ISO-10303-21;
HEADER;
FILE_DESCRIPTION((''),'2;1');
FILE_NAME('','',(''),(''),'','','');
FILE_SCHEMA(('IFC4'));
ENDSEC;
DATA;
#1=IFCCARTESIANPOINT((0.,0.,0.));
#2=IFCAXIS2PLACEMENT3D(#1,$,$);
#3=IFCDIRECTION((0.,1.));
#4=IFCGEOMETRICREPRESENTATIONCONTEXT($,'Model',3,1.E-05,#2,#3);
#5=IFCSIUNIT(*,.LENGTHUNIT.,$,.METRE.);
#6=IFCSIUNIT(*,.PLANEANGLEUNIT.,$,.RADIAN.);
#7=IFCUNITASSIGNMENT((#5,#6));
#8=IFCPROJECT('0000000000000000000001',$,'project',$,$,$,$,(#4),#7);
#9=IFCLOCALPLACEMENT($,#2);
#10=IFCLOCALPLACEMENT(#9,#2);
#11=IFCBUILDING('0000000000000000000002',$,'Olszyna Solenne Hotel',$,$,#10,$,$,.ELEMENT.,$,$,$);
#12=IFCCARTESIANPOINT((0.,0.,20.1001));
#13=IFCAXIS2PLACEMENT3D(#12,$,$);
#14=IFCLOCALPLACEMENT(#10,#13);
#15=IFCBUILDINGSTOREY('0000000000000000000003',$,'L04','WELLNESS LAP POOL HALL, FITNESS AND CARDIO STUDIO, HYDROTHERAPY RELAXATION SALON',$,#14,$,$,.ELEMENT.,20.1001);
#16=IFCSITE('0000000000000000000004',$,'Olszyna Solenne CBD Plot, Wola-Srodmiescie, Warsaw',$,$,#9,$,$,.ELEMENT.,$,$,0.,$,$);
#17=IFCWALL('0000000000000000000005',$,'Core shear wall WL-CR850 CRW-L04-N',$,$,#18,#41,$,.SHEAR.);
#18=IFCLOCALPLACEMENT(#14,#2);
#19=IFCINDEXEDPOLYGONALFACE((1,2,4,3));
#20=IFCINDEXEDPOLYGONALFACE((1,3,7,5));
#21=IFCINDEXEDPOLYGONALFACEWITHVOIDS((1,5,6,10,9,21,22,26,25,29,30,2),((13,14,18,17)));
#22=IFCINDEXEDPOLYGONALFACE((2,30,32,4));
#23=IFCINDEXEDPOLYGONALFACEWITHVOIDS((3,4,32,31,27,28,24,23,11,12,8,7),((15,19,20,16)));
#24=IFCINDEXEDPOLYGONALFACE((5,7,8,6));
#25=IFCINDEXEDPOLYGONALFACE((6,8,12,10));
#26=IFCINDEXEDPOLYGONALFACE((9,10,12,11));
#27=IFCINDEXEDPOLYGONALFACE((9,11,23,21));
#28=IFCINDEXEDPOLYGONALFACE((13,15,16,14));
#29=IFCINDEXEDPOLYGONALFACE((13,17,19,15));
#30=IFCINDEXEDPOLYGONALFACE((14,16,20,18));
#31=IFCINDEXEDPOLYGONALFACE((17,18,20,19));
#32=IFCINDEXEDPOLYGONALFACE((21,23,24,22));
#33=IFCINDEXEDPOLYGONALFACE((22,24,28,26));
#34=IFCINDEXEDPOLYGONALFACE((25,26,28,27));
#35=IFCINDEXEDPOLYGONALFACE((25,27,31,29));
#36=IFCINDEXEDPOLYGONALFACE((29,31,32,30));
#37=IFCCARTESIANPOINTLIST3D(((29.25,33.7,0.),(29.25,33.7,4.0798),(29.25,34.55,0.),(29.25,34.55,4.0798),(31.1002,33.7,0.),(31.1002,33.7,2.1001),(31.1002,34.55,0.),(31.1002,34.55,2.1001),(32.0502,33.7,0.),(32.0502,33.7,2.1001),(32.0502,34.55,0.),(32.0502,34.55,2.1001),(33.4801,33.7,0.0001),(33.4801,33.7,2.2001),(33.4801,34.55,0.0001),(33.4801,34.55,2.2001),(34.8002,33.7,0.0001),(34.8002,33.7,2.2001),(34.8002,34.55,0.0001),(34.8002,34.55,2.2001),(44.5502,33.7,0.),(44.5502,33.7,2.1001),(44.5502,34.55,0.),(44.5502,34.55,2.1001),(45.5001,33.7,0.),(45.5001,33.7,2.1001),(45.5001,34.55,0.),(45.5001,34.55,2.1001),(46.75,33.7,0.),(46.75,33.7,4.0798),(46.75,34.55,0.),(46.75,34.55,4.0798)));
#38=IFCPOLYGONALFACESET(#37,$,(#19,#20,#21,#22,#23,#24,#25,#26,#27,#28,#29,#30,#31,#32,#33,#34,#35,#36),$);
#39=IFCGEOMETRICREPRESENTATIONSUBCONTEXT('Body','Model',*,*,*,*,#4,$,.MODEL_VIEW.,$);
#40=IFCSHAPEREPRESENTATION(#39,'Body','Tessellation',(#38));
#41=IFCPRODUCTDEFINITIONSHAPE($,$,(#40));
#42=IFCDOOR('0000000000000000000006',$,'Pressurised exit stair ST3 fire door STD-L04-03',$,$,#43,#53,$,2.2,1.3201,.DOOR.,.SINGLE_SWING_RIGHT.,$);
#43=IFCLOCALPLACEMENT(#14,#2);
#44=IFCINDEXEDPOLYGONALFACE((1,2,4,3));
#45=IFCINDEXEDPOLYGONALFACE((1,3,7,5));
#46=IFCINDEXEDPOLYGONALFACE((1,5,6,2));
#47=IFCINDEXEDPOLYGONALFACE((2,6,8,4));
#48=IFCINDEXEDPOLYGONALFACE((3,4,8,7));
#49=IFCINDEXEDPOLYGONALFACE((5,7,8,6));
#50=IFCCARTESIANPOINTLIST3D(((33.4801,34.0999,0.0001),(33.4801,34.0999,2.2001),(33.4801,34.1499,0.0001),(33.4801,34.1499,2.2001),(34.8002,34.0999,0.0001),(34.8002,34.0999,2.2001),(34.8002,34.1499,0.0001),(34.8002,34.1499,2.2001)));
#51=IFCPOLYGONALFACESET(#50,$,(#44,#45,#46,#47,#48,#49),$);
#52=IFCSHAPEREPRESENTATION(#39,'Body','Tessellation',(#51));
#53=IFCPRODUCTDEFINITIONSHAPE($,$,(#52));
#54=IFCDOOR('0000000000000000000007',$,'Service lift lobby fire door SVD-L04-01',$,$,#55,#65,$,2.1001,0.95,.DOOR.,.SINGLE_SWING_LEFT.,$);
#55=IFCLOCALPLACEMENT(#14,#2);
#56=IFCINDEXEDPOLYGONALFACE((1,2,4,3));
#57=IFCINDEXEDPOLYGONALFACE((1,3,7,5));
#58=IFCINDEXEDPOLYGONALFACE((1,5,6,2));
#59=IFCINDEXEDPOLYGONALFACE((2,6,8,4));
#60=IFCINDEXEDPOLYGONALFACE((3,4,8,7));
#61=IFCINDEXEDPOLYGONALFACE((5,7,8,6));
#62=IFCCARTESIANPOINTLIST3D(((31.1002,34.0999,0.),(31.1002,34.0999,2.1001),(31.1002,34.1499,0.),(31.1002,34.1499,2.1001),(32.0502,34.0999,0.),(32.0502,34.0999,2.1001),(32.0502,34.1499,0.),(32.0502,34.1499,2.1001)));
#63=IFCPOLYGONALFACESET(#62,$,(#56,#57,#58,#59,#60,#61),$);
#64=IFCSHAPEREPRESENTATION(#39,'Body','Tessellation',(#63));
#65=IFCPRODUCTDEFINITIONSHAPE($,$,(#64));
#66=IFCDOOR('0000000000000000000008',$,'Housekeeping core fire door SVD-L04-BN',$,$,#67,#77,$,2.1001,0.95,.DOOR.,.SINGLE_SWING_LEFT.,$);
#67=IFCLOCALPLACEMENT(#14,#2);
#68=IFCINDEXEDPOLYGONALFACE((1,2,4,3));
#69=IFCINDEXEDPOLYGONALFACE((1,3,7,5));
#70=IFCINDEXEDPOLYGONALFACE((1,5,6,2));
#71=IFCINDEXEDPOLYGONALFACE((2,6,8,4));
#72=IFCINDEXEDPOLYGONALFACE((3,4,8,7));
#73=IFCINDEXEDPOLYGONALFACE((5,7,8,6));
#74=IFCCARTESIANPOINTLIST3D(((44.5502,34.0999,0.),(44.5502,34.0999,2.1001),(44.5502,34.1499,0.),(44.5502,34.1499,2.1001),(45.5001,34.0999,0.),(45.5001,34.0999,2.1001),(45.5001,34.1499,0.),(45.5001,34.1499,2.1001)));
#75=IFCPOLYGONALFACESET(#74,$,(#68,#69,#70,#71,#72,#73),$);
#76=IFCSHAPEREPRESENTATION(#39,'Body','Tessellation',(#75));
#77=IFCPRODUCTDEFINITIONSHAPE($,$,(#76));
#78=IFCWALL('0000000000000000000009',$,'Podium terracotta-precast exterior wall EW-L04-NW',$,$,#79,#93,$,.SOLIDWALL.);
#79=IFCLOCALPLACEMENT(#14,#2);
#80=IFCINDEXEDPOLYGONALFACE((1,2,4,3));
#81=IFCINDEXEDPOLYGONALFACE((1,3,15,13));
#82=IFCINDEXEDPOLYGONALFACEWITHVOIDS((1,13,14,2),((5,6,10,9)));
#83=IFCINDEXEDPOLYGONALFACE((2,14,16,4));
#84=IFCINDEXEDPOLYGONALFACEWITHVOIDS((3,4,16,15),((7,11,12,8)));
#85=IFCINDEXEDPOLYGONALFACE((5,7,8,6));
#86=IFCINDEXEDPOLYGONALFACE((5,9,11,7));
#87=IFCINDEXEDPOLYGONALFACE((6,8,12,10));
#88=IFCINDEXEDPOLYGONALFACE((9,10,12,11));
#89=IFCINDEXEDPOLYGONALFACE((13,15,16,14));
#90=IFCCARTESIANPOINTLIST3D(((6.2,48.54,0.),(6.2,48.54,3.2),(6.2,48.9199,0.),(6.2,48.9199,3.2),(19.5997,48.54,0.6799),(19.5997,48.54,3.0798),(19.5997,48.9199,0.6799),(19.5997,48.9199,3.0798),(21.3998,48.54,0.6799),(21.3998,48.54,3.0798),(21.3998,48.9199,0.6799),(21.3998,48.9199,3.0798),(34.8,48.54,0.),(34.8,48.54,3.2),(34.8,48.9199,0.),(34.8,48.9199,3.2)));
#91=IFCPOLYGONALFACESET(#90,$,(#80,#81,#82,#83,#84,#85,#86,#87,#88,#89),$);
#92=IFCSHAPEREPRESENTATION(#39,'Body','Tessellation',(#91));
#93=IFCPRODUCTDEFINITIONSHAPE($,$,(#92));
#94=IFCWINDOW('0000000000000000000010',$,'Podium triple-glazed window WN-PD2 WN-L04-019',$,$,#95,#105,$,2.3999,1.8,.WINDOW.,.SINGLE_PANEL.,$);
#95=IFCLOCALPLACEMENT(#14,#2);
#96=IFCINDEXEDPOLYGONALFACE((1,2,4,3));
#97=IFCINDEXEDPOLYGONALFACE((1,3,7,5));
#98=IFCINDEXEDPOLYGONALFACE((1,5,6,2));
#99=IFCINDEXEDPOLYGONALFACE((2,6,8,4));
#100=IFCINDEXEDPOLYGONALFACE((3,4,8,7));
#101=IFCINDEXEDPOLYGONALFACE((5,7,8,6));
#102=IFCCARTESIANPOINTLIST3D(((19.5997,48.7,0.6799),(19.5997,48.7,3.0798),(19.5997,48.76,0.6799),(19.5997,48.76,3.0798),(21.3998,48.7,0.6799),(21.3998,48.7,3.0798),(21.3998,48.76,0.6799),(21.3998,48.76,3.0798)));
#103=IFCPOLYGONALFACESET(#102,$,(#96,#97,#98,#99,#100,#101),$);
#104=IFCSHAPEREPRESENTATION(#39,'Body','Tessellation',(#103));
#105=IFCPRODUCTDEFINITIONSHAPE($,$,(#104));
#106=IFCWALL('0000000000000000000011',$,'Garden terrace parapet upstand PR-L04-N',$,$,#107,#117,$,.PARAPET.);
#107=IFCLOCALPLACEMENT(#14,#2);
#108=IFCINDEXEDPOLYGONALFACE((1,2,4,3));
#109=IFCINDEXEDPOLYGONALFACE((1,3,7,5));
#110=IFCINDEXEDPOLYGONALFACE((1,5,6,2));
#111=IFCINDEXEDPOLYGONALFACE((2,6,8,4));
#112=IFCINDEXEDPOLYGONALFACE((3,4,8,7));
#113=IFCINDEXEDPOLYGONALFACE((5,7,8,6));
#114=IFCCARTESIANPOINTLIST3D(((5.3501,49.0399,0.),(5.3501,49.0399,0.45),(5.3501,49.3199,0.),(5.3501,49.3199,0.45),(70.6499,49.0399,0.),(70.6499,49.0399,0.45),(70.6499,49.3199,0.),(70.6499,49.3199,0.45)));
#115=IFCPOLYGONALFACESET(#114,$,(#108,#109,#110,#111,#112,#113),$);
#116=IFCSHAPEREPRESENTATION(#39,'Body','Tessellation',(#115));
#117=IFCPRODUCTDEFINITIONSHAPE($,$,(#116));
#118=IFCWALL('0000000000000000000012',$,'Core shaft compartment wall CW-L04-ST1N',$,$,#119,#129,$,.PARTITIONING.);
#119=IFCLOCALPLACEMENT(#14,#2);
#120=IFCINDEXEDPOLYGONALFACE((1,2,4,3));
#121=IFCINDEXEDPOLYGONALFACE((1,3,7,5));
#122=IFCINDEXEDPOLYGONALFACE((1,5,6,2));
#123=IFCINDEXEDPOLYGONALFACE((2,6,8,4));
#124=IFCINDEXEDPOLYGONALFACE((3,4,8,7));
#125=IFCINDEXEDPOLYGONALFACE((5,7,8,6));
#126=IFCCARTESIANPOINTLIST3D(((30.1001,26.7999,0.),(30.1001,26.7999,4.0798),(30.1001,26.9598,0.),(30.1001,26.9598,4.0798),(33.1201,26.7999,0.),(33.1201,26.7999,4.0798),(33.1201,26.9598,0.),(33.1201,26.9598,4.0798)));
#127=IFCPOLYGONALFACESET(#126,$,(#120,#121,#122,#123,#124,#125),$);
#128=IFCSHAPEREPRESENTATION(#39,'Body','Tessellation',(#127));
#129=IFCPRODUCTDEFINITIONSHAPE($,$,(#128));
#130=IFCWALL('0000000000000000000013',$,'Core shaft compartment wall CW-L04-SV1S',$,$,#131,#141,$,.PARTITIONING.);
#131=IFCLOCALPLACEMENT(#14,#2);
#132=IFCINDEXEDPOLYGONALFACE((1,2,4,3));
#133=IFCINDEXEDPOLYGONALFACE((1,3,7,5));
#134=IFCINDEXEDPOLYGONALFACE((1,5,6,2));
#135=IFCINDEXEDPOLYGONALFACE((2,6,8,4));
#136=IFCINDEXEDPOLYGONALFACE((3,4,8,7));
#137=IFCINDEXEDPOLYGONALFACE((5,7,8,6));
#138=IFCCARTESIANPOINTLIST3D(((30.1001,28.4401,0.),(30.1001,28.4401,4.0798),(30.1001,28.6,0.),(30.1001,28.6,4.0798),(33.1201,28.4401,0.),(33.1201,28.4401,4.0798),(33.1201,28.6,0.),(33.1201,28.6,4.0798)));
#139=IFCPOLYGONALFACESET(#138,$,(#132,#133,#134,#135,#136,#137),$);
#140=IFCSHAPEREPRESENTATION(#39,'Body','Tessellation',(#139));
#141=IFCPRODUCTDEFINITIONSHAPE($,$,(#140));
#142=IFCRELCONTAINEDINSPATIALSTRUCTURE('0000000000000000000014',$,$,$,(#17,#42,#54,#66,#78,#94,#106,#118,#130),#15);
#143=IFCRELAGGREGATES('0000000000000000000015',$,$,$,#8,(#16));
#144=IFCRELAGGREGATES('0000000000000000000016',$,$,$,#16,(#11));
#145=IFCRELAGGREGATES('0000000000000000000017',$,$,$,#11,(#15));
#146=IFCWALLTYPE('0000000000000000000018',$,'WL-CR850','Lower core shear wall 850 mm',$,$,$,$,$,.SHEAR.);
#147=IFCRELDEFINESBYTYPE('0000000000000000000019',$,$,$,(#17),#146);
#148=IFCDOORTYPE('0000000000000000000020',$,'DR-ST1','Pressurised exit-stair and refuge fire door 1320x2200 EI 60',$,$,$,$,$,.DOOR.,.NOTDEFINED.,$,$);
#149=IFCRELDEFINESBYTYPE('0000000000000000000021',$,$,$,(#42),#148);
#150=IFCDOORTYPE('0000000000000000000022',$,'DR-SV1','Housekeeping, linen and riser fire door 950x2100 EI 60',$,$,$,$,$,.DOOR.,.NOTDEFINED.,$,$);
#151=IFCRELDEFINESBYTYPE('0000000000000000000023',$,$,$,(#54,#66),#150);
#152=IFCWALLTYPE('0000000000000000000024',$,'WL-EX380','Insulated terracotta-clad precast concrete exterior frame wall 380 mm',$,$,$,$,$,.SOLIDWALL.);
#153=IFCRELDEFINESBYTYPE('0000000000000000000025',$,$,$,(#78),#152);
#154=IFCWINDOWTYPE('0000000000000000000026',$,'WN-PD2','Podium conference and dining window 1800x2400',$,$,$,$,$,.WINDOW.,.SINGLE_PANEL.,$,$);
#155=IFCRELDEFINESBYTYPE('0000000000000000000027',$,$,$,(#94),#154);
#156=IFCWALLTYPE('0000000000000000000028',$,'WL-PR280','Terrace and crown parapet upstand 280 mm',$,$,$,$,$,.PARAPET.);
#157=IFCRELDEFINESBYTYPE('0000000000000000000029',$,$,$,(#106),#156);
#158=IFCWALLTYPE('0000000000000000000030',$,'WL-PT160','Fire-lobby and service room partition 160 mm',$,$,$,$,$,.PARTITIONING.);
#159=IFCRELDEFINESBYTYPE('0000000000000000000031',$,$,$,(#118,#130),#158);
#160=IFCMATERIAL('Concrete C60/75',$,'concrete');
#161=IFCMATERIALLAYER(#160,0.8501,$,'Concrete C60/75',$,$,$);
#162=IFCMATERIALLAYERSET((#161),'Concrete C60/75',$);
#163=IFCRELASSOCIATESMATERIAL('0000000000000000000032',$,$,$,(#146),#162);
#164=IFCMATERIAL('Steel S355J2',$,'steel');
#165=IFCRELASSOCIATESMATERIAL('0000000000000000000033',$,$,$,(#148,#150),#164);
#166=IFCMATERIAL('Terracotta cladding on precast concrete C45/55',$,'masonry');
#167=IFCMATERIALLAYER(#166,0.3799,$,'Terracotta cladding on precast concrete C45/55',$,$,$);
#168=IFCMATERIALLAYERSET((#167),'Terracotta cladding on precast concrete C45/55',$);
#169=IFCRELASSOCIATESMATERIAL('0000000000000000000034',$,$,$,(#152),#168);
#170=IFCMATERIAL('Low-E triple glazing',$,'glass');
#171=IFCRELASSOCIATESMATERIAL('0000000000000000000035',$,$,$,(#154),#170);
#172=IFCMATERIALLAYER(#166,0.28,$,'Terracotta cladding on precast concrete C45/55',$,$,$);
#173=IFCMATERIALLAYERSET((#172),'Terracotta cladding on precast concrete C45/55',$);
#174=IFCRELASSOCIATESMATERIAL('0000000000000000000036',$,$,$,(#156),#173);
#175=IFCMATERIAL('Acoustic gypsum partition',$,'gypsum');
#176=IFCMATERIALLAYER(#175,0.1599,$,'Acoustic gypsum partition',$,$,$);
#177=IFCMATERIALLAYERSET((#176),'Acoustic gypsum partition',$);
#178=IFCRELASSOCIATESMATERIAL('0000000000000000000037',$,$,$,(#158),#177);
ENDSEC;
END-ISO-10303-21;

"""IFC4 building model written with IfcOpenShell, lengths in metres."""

from ifc_helpers import new_model, si_unit, direction, frame, frame_2d, origin, place, context, subcontext, project, spatial, rectangle, extrude, source, transform, mapped, material, layer, layer_set, type_object, type_shapes, element, fill, save


model = new_model("IFC4")

# Units and contexts
model_context = context("Model", 3, precision=1e-05, world=origin(), true_north=direction((0.0, 1.0)))
body_context = subcontext(model_context, "Body", "Model", "MODEL_VIEW")
ifc_project = project(units=[si_unit("LENGTHUNIT", "METRE"), si_unit("PLANEANGLEUNIT", "RADIAN")], contexts=[model_context])

# Site, building, storey
site_placement = place(None, origin())
site = spatial("IfcSite", under=ifc_project, at=site_placement, Name="Olszyna Solenne CBD Plot, Wola-Srodmiescie, Warsaw", CompositionType="ELEMENT", RefElevation=0.0)
building_placement = place(site_placement, origin())
building = spatial("IfcBuilding", under=site, at=building_placement, Name="Olszyna Solenne Hotel", CompositionType="ELEMENT")
storey_placement = place(building_placement, frame((0.0, 0.0, 20.1001)))
storey = spatial("IfcBuildingStorey", under=building, at=storey_placement, Name="L04", Description="WELLNESS LAP POOL HALL, FITNESS AND CARDIO STUDIO, HYDROTHERAPY RELAXATION SALON", CompositionType="ELEMENT", Elevation=20.1001)

# Shared definitions
ifc_material_1 = material(Name="Concrete C60/75", Category="concrete")

# Shared definitions
ifc_material_2 = material(Name="Steel S355J2", Category="steel")

# Wall, openings, doors
ifc_layer_1 = layer(ifc_material_1, 0.8501, Name="Concrete C60/75")
ifc_layer_set_1 = layer_set([ifc_layer_1], Name="Concrete C60/75")
wall_type_1 = type_object("IfcWallType", Name="WL-CR850", Description="Lower core shear wall 850 mm", PredefinedType="SHEAR", material=ifc_layer_set_1)
wall_1_placement = place(storey_placement, frame((29.25, 34.125, 0.0), z_axis=(0.0, 0.0, 1.0), x_axis=(1.0, 0.0, 0.0)))
wall_1 = element("IfcWall", 1, at=wall_1_placement, inside=storey, type_object=wall_type_1, Name="Core shear wall WL-CR850 CRW-L04-N", PredefinedType="SHEAR", context=body_context, shape_type="SweptSolid", body=[
    extrude(rectangle(XDim=17.5, YDim=0.8501, at=frame_2d((8.75, 0.0))), origin(), (0.0, 0.0, 1.0), 4.0798),
])
opening_1_placement = place(wall_1_placement, frame((1.8501, 0.0, 0.0)))
opening_1 = element("IfcOpeningElement", 2, at=opening_1_placement, cuts=wall_1, PredefinedType="OPENING", context=body_context, shape_type="SweptSolid", body=[
    extrude(rectangle(XDim=0.95, YDim=2.1001, at=frame_2d((0.4751, 1.05))), frame((0.0, 0.4351, 0.0), z_axis=(0.0, -1.0, 0.0), x_axis=(1.0, 0.0, 0.0)), (0.0, 0.0, 1.0), 0.8701),
])
opening_2_placement = place(wall_1_placement, frame((4.23, 0.0, 0.0)))
opening_2 = element("IfcOpeningElement", 3, at=opening_2_placement, cuts=wall_1, PredefinedType="OPENING", context=body_context, shape_type="SweptSolid", body=[
    extrude(rectangle(XDim=1.3201, YDim=2.2, at=frame_2d((0.6602, 1.1001))), frame((0.0, 0.4351, 0.0), z_axis=(0.0, -1.0, 0.0), x_axis=(1.0, 0.0, 0.0)), (0.0, 0.0, 1.0), 0.8701),
])
opening_3_placement = place(wall_1_placement, frame((15.3, 0.0, 0.0)))
opening_3 = element("IfcOpeningElement", 4, at=opening_3_placement, cuts=wall_1, PredefinedType="OPENING", context=body_context, shape_type="SweptSolid", body=[
    extrude(rectangle(XDim=0.95, YDim=2.1001, at=frame_2d((0.4751, 1.05))), frame((0.0, 0.4351, 0.0), z_axis=(0.0, -1.0, 0.0), x_axis=(1.0, 0.0, 0.0)), (0.0, 0.0, 1.0), 0.8701),
])
door_type_1 = type_object("IfcDoorType", Name="DR-ST1", Description="Pressurised exit-stair and refuge fire door 1320x2200 EI 60", OperationType="NOTDEFINED", PredefinedType="DOOR", material=ifc_material_2)
shared_shape_1 = source(origin(), body_context, "Body", "SweptSolid", [
    extrude(rectangle(XDim=1.3201, YDim=2.2, at=frame_2d((0.6602, 1.1001))), frame((0.0, 0.0249, 0.0), z_axis=(0.0, -1.0, 0.0), x_axis=(1.0, 0.0, 0.0)), (0.0, 0.0, 1.0), 0.05),
])
type_shapes(door_type_1, [shared_shape_1])
door_1_placement = place(opening_2_placement, origin())
door_1 = element("IfcDoor", 5, at=door_1_placement, inside=storey, type_object=door_type_1, Name="Pressurised exit stair ST3 fire door STD-L04-03", OperationType="SINGLE_SWING_RIGHT", OverallHeight=2.2, OverallWidth=1.3201, PredefinedType="DOOR", context=body_context, shape_type="MappedRepresentation", body=[
    mapped(shared_shape_1, transform((0.0, 0.0, 0.0), x_axis=(1.0, 0.0, 0.0), y_axis=(0.0, 1.0, 0.0), z_axis=(0.0, 0.0, 1.0), scale=1.0)),
])
fill(opening_2, door_1)
door_type_2 = type_object("IfcDoorType", Name="DR-SV1", Description="Housekeeping, linen and riser fire door 950x2100 EI 60", OperationType="NOTDEFINED", PredefinedType="DOOR", material=ifc_material_2)
shared_shape_2 = source(origin(), body_context, "Body", "SweptSolid", [
    extrude(rectangle(XDim=0.95, YDim=2.1001, at=frame_2d((0.4751, 1.05))), frame((0.0, 0.0249, 0.0), z_axis=(0.0, -1.0, 0.0), x_axis=(1.0, 0.0, 0.0)), (0.0, 0.0, 1.0), 0.05),
])
type_shapes(door_type_2, [shared_shape_2])
door_2_placement = place(opening_1_placement, origin())
door_2 = element("IfcDoor", 6, at=door_2_placement, inside=storey, type_object=door_type_2, Name="Service lift lobby fire door SVD-L04-01", OperationType="SINGLE_SWING_LEFT", OverallHeight=2.1001, OverallWidth=0.95, PredefinedType="DOOR", context=body_context, shape_type="MappedRepresentation", body=[
    mapped(shared_shape_2, transform((0.0, 0.0, 0.0), x_axis=(1.0, 0.0, 0.0), y_axis=(0.0, 1.0, 0.0), z_axis=(0.0, 0.0, 1.0), scale=1.0)),
])
fill(opening_1, door_2)
door_3_placement = place(opening_3_placement, origin())
door_3 = element("IfcDoor", 7, at=door_3_placement, inside=storey, type_object=door_type_2, Name="Housekeeping core fire door SVD-L04-BN", OperationType="SINGLE_SWING_LEFT", OverallHeight=2.1001, OverallWidth=0.95, PredefinedType="DOOR", context=body_context, shape_type="MappedRepresentation", body=[
    mapped(shared_shape_2, transform((0.0, 0.0, 0.0), x_axis=(1.0, 0.0, 0.0), y_axis=(0.0, 1.0, 0.0), z_axis=(0.0, 0.0, 1.0), scale=1.0)),
])
fill(opening_3, door_3)

# Wall, opening, window
ifc_material_3 = material(Name="Terracotta cladding on precast concrete C45/55", Category="masonry")
ifc_layer_2 = layer(ifc_material_3, 0.3799, Name="Terracotta cladding on precast concrete C45/55")
ifc_layer_set_2 = layer_set([ifc_layer_2], Name="Terracotta cladding on precast concrete C45/55")
wall_type_2 = type_object("IfcWallType", Name="WL-EX380", Description="Insulated terracotta-clad precast concrete exterior frame wall 380 mm", PredefinedType="SOLIDWALL", material=ifc_layer_set_2)
wall_2_placement = place(storey_placement, frame((6.2, 48.73, 0.0), z_axis=(0.0, 0.0, 1.0), x_axis=(1.0, 0.0, 0.0)))
wall_2 = element("IfcWall", 8, at=wall_2_placement, inside=storey, type_object=wall_type_2, Name="Podium terracotta-precast exterior wall EW-L04-NW", PredefinedType="SOLIDWALL", context=body_context, shape_type="SweptSolid", body=[
    extrude(rectangle(XDim=28.6001, YDim=0.3799, at=frame_2d((14.3, 0.0))), origin(), (0.0, 0.0, 1.0), 3.2),
])
opening_4_placement = place(wall_2_placement, frame((13.3999, 0.0, 0.6799)))
opening_4 = element("IfcOpeningElement", 9, at=opening_4_placement, cuts=wall_2, PredefinedType="OPENING", context=body_context, shape_type="SweptSolid", body=[
    extrude(rectangle(XDim=1.8, YDim=2.3999, at=frame_2d((0.8999, 1.2))), frame((0.0, 0.2, 0.0), z_axis=(0.0, -1.0, 0.0), x_axis=(1.0, 0.0, 0.0)), (0.0, 0.0, 1.0), 0.3999),
])
ifc_material_4 = material(Name="Low-E triple glazing", Category="glass")
window_type = type_object("IfcWindowType", Name="WN-PD2", Description="Podium conference and dining window 1800x2400", PartitioningType="SINGLE_PANEL", PredefinedType="WINDOW", material=ifc_material_4)
shared_shape_3 = source(origin(), body_context, "Body", "SweptSolid", [
    extrude(rectangle(XDim=1.8, YDim=2.3999, at=frame_2d((0.8999, 1.2))), frame((0.0, 0.03, 0.0), z_axis=(0.0, -1.0, 0.0), x_axis=(1.0, 0.0, 0.0)), (0.0, 0.0, 1.0), 0.0601),
])
type_shapes(window_type, [shared_shape_3])
window_placement = place(opening_4_placement, origin())
window = element("IfcWindow", 10, at=window_placement, inside=storey, type_object=window_type, Name="Podium triple-glazed window WN-PD2 WN-L04-019", OverallHeight=2.3999, OverallWidth=1.8, PartitioningType="SINGLE_PANEL", PredefinedType="WINDOW", context=body_context, shape_type="MappedRepresentation", body=[
    mapped(shared_shape_3, transform((0.0, 0.0, 0.0), x_axis=(1.0, 0.0, 0.0), y_axis=(0.0, 1.0, 0.0), z_axis=(0.0, 0.0, 1.0), scale=1.0)),
])
fill(opening_4, window)

# Walls
ifc_layer_3 = layer(ifc_material_3, 0.28, Name="Terracotta cladding on precast concrete C45/55")
ifc_layer_set_3 = layer_set([ifc_layer_3], Name="Terracotta cladding on precast concrete C45/55")
wall_type_3 = type_object("IfcWallType", Name="WL-PR280", Description="Terrace and crown parapet upstand 280 mm", PredefinedType="PARAPET", material=ifc_layer_set_3)
wall_3_placement = place(storey_placement, frame((5.3501, 49.1799, 0.0), z_axis=(0.0, 0.0, 1.0), x_axis=(1.0, 0.0, 0.0)))
element("IfcWall", 11, at=wall_3_placement, inside=storey, type_object=wall_type_3, Name="Garden terrace parapet upstand PR-L04-N", PredefinedType="PARAPET", context=body_context, shape_type="SweptSolid", body=[
    extrude(rectangle(XDim=65.2998, YDim=0.28, at=frame_2d((32.6499, 0.0))), origin(), (0.0, 0.0, 1.0), 0.45),
])
ifc_material_5 = material(Name="Acoustic gypsum partition", Category="gypsum")
ifc_layer_4 = layer(ifc_material_5, 0.1599, Name="Acoustic gypsum partition")
ifc_layer_set_4 = layer_set([ifc_layer_4], Name="Acoustic gypsum partition")
wall_type_4 = type_object("IfcWallType", Name="WL-PT160", Description="Fire-lobby and service room partition 160 mm", PredefinedType="PARTITIONING", material=ifc_layer_set_4)
for number, where, z_axis, x_axis, name in (
    (12, (30.1001, 26.8799, 0.0), (0.0, 0.0, 1.0), (1.0, 0.0, 0.0), "Core shaft compartment wall CW-L04-ST1N"),
    (13, (30.1001, 28.52, 0.0), (0.0, 0.0, 1.0), (1.0, 0.0, 0.0), "Core shaft compartment wall CW-L04-SV1S"),
):
    element("IfcWall", number, at=place(storey_placement, frame(where, z_axis=z_axis, x_axis=x_axis)), inside=storey, type_object=wall_type_4, Name=name, PredefinedType="PARTITIONING", context=body_context, shape_type="SweptSolid", body=[
        extrude(rectangle(XDim=3.02, YDim=0.1599, at=frame_2d((1.51, 0.0))), origin(), (0.0, 0.0, 1.0), 4.0798),
    ])

save(model, "model.ifc")
